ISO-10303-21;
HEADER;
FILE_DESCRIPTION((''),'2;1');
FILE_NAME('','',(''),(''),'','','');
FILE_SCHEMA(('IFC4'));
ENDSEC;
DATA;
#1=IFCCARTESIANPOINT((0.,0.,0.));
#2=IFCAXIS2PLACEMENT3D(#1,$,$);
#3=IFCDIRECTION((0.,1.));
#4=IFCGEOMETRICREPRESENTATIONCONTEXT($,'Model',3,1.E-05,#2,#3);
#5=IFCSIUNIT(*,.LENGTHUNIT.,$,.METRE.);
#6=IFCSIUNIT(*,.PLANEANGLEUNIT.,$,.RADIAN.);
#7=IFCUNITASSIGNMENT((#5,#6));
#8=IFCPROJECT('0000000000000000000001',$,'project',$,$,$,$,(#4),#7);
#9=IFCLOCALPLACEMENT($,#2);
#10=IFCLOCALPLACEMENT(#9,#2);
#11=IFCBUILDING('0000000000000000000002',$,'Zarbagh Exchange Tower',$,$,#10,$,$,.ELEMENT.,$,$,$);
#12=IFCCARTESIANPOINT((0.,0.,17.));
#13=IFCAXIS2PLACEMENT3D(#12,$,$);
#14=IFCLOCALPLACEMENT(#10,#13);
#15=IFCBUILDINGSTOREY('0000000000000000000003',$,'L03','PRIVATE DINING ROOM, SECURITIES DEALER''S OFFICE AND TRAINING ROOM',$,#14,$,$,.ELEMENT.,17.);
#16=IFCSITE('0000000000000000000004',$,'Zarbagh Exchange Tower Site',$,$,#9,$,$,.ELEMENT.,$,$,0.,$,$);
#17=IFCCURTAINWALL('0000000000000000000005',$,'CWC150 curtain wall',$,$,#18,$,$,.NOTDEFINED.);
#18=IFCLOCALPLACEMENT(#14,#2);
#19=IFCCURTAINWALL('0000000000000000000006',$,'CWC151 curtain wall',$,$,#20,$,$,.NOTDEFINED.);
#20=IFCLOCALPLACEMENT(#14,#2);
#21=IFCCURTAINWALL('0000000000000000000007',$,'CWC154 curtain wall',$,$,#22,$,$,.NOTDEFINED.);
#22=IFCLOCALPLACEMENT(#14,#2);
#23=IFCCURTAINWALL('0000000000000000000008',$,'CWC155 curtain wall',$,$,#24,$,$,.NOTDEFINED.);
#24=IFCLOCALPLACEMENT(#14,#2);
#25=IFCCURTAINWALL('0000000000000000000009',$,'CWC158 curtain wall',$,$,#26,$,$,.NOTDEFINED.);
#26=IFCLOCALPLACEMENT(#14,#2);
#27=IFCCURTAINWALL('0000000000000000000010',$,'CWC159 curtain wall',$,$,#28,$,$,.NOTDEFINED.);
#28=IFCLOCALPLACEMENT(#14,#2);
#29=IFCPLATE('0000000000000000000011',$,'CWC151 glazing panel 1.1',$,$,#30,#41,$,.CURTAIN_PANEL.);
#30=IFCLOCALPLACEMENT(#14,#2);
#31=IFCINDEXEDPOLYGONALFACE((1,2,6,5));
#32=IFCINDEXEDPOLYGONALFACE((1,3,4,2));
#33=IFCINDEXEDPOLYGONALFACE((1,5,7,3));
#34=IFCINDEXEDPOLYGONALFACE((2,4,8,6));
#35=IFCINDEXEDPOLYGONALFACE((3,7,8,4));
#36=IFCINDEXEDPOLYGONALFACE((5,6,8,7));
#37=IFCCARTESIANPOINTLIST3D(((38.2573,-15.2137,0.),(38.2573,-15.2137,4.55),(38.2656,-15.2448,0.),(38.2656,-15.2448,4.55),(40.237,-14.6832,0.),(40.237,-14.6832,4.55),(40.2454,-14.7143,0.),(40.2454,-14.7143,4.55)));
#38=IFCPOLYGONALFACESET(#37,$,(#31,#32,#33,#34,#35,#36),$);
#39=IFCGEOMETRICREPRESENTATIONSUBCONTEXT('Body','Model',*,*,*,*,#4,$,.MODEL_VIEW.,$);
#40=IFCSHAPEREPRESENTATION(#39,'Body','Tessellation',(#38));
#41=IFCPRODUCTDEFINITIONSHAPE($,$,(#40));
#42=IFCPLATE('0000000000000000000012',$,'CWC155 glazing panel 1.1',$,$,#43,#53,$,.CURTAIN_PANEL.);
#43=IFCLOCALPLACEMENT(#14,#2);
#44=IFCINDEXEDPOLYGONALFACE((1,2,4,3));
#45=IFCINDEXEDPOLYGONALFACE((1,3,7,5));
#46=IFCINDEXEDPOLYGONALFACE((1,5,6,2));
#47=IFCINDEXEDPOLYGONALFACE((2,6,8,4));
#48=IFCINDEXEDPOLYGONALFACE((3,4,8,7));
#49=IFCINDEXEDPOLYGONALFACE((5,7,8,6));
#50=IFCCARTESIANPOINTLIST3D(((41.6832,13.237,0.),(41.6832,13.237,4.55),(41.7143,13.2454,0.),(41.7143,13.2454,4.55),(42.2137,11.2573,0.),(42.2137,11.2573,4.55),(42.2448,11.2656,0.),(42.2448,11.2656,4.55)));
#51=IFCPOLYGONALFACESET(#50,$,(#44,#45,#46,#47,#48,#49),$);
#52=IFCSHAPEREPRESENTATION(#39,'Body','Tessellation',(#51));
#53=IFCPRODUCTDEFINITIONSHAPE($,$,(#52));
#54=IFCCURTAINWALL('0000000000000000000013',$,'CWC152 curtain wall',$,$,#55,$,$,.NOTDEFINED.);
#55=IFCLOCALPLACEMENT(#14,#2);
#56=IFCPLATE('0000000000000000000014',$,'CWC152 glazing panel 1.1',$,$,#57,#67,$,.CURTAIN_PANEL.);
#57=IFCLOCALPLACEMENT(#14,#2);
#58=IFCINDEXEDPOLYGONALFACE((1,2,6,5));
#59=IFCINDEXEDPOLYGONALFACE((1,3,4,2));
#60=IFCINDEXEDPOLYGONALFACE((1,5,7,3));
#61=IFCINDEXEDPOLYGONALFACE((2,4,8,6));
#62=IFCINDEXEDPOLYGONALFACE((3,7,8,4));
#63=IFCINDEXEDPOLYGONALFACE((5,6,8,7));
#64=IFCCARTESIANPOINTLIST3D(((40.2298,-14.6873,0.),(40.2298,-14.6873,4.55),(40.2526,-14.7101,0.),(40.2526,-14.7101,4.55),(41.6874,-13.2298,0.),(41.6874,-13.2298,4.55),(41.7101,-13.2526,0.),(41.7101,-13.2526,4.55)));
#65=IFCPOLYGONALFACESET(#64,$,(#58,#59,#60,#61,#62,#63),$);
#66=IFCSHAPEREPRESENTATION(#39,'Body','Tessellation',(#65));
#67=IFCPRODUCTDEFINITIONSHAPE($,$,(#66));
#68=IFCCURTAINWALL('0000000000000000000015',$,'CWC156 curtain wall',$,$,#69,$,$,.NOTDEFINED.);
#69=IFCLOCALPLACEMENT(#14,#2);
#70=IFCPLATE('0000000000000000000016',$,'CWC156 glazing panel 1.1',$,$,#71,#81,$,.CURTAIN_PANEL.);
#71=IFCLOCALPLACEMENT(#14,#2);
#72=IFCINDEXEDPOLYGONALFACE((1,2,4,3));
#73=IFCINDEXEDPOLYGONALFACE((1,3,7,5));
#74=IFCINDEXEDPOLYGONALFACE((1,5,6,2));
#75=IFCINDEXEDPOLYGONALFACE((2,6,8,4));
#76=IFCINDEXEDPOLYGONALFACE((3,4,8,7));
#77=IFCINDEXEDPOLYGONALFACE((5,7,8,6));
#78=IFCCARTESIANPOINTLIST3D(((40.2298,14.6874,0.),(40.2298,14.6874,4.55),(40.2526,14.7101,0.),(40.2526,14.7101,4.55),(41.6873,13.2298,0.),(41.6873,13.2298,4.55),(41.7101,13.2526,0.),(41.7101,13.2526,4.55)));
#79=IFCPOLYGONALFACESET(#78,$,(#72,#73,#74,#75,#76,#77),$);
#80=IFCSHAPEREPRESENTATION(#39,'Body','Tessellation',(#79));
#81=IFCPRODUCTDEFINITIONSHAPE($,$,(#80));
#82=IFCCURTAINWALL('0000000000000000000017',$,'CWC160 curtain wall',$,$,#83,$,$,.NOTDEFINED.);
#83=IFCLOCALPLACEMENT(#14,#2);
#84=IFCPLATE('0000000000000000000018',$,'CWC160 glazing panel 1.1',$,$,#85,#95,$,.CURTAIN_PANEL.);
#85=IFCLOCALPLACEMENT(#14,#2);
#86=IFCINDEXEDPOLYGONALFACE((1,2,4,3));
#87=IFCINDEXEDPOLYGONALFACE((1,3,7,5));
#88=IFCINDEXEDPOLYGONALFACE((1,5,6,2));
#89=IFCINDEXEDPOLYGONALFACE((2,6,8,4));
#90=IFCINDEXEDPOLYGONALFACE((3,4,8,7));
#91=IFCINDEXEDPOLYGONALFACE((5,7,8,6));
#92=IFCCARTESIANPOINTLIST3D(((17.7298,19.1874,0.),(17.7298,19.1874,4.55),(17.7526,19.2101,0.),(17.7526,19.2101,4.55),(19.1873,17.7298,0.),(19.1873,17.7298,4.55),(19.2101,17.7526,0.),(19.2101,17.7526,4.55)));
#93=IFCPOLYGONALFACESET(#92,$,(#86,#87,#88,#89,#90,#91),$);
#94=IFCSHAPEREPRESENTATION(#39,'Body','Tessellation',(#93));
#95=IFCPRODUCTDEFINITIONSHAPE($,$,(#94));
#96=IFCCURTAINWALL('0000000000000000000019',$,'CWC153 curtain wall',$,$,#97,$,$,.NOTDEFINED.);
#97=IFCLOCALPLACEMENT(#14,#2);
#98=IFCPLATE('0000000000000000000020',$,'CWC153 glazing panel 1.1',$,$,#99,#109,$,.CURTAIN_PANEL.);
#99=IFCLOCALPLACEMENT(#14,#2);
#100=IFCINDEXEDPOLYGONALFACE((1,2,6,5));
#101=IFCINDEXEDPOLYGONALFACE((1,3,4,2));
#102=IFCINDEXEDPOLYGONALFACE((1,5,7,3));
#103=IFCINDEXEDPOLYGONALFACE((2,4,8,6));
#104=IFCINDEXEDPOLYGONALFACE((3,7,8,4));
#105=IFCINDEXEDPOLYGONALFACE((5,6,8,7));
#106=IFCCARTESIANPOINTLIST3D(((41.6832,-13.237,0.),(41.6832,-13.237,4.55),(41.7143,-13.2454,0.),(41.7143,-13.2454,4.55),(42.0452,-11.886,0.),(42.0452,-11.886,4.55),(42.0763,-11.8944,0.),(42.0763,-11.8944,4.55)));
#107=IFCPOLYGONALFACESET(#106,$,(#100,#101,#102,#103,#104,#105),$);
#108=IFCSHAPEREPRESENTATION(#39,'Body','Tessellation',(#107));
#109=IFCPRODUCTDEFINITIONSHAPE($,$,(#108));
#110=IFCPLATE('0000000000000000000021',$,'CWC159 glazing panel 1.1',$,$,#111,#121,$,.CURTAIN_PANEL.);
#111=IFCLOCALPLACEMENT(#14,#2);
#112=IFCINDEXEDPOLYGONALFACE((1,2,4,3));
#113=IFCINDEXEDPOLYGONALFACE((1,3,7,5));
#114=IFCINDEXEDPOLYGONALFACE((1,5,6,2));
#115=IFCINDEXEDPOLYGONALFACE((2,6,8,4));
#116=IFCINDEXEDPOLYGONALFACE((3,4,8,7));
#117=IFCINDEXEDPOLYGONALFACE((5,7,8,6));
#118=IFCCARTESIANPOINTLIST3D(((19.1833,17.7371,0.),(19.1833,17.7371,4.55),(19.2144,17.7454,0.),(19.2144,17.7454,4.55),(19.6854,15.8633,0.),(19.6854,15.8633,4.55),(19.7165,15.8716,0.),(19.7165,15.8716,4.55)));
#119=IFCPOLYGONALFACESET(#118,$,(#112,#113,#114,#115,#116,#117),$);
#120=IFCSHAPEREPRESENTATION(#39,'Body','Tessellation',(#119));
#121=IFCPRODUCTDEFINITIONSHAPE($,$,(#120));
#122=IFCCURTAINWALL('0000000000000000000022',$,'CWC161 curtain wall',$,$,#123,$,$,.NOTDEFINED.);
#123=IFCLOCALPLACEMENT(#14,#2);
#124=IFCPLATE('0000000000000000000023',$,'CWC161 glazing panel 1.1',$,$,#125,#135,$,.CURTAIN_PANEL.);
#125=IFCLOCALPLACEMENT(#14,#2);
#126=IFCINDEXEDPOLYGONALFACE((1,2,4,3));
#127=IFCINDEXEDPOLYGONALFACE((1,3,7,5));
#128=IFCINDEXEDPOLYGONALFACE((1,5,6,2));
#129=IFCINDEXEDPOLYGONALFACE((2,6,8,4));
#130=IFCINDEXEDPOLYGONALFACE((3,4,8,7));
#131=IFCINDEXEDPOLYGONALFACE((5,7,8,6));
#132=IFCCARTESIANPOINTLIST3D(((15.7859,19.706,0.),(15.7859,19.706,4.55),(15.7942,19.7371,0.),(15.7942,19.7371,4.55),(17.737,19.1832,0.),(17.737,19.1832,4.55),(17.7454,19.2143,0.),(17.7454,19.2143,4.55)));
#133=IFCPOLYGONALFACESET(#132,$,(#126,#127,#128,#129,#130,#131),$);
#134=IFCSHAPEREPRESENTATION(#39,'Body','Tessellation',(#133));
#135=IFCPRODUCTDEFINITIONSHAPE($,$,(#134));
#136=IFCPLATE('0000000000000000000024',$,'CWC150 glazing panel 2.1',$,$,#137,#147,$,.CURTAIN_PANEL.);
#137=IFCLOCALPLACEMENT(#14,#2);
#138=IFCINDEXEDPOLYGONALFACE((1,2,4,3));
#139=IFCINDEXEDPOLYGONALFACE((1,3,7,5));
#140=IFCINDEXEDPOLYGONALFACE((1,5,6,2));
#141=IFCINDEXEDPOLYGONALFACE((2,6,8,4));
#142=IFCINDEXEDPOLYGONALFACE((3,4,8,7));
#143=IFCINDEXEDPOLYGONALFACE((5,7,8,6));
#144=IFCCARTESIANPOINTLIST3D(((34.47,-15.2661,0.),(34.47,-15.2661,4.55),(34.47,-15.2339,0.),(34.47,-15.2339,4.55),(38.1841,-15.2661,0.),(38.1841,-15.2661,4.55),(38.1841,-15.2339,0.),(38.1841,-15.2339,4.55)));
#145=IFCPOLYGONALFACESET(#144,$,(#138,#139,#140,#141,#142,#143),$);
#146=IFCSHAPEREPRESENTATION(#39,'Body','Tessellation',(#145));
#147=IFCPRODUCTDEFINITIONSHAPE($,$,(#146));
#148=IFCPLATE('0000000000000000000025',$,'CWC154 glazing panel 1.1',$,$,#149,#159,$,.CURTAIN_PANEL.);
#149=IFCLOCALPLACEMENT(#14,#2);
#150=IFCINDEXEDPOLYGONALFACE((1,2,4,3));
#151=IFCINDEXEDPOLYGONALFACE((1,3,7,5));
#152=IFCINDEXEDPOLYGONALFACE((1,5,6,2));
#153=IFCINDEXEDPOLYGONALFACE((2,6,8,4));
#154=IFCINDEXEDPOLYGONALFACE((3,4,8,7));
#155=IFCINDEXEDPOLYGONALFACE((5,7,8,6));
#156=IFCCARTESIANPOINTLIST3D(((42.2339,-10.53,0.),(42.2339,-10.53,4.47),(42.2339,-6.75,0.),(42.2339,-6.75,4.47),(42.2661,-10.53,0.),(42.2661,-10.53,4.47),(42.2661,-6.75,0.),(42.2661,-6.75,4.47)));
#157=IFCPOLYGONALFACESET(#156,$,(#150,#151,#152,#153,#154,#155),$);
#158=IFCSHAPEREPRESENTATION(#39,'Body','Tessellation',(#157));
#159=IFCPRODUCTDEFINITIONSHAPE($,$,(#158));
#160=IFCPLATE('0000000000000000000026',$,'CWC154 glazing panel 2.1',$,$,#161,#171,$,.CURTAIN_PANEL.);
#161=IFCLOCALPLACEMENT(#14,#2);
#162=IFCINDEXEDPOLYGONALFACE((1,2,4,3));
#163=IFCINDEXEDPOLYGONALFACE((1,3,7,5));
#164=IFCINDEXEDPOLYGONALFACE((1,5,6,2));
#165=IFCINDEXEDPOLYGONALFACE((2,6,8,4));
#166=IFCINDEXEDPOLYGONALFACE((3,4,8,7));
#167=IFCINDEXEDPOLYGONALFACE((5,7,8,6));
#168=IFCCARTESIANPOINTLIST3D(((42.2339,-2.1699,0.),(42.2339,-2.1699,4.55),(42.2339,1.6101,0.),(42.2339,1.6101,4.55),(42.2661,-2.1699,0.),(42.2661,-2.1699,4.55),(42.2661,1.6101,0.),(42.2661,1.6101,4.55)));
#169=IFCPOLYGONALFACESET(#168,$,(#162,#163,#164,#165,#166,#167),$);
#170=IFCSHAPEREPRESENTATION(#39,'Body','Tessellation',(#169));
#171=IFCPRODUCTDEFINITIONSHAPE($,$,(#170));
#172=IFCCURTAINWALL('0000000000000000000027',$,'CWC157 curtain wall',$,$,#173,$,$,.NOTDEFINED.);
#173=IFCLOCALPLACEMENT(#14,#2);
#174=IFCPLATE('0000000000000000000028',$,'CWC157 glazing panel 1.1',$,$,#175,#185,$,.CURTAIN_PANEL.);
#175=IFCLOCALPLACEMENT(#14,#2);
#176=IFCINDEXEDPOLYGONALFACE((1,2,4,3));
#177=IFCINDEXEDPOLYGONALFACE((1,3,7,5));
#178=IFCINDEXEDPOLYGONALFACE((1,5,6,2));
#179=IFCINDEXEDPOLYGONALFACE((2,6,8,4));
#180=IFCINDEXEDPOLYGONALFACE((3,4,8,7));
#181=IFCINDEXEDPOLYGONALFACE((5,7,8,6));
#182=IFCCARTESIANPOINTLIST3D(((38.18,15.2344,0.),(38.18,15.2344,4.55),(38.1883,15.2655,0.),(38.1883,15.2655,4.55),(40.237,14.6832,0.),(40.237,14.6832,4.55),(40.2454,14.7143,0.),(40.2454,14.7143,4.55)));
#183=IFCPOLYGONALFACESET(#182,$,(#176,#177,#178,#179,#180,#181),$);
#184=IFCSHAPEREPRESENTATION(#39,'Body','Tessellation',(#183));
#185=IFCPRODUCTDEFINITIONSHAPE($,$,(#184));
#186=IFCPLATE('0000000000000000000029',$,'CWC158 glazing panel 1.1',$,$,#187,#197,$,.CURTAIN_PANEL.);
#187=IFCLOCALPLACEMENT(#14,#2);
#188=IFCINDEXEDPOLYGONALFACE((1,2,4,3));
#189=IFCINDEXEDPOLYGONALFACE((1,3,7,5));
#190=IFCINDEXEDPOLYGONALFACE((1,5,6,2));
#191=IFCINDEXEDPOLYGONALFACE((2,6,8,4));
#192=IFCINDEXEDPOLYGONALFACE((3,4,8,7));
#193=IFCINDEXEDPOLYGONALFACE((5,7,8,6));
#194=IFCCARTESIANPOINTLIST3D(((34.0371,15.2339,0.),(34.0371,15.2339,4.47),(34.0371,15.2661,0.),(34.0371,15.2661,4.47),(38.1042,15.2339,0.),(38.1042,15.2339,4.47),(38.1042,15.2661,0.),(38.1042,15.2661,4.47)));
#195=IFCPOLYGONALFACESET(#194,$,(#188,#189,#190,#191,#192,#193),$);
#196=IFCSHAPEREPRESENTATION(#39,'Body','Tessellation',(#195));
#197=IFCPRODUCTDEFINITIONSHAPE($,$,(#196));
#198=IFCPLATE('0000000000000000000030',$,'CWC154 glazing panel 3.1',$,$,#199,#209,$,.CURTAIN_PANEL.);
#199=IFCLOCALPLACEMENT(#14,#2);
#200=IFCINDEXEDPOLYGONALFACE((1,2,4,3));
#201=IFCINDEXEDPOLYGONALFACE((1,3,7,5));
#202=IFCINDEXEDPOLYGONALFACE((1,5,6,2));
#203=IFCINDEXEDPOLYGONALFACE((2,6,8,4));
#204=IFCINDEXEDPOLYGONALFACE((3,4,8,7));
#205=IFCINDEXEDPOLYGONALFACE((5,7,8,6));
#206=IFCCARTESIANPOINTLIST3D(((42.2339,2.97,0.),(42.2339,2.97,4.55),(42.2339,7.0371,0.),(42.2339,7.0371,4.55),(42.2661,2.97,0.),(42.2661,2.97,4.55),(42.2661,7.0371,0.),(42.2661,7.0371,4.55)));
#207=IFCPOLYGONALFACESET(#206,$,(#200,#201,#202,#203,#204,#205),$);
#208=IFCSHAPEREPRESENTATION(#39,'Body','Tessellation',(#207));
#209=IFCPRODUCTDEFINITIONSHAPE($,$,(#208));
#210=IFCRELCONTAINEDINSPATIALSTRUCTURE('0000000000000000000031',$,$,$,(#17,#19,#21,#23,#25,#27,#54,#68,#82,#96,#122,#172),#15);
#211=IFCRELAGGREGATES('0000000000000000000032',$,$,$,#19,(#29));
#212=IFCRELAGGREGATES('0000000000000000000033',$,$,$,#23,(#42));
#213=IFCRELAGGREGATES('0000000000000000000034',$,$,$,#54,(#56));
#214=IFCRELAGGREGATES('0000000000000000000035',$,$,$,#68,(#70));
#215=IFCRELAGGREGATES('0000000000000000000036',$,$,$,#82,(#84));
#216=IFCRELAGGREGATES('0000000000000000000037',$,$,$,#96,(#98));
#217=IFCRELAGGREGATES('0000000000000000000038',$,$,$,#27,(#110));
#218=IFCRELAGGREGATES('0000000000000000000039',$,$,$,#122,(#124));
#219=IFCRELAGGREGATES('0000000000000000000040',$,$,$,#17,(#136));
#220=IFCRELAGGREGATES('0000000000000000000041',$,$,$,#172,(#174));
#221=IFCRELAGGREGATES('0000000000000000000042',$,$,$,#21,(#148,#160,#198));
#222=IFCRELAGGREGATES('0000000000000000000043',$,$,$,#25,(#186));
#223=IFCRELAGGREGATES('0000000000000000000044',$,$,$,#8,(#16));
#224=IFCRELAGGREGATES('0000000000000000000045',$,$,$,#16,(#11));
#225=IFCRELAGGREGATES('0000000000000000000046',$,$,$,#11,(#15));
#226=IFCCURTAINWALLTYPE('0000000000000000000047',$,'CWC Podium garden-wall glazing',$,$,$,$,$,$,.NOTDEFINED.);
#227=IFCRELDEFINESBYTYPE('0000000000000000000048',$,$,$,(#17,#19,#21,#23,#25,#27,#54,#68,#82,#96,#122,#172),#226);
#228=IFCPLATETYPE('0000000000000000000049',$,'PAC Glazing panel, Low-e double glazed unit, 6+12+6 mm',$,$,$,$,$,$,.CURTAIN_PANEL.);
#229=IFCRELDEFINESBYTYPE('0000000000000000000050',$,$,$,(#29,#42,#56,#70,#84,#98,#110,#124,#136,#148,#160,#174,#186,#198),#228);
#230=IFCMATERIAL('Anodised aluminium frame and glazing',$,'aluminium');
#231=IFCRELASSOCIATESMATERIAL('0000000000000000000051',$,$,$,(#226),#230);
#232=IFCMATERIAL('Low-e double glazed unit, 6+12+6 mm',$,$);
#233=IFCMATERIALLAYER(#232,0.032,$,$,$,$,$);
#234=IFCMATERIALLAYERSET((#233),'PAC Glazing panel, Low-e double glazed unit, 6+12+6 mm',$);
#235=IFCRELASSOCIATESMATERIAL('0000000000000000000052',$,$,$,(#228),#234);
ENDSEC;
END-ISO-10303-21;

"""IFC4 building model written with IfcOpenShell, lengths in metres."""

from ifc_helpers import new_model, si_unit, direction, frame, origin, place, context, subcontext, project, spatial, polyline, outline, extrude, source, transform, mapped, material, layer, layer_set, type_object, element, aggregate, save


model = new_model("IFC4")

# Units and contexts
model_context = context("Model", 3, precision=1e-05, world=origin(), true_north=direction((0.0, 1.0)))
body_context = subcontext(model_context, "Body", "Model", "MODEL_VIEW")
ifc_project = project(units=[si_unit("LENGTHUNIT", "METRE"), si_unit("PLANEANGLEUNIT", "RADIAN")], contexts=[model_context])

# Site, building, storey
site_placement = place(None, origin())
site = spatial("IfcSite", under=ifc_project, at=site_placement, Name="Zarbagh Exchange Tower Site", CompositionType="ELEMENT", RefElevation=0.0)
building_placement = place(site_placement, origin())
building = spatial("IfcBuilding", under=site, at=building_placement, Name="Zarbagh Exchange Tower", CompositionType="ELEMENT")
storey_placement = place(building_placement, frame((0.0, 0.0, 17.0)))
storey = spatial("IfcBuildingStorey", under=building, at=storey_placement, Name="L03", Description="PRIVATE DINING ROOM, SECURITIES DEALER'S OFFICE AND TRAINING ROOM", CompositionType="ELEMENT", Elevation=17.0)

# Curtain walls
ifc_material_1 = material(Name="Anodised aluminium frame and glazing", Category="aluminium")
curtain_wall_type = type_object("IfcCurtainWallType", Name="CWC Podium garden-wall glazing", PredefinedType="NOTDEFINED", material=ifc_material_1)
curtain_wall_1_placement = place(storey_placement, origin())
curtain_wall_1 = element("IfcCurtainWall", 1, at=curtain_wall_1_placement, inside=storey, type_object=curtain_wall_type, Name="CWC150 curtain wall", PredefinedType="NOTDEFINED")
placement = place(storey_placement, origin())
curtain_wall_2_placement = place(storey_placement, origin())
curtain_wall_2 = element("IfcCurtainWall", 2, at=curtain_wall_2_placement, inside=storey, type_object=curtain_wall_type, Name="CWC151 curtain wall", PredefinedType="NOTDEFINED")

# Curtain wall
curtain_wall_3_placement = place(storey_placement, origin())
curtain_wall_3 = element("IfcCurtainWall", 3, at=curtain_wall_3_placement, inside=storey, type_object=curtain_wall_type, Name="CWC154 curtain wall", PredefinedType="NOTDEFINED")

# Curtain wall
curtain_wall_4_placement = place(storey_placement, origin())
curtain_wall_4 = element("IfcCurtainWall", 4, at=curtain_wall_4_placement, inside=storey, type_object=curtain_wall_type, Name="CWC155 curtain wall", PredefinedType="NOTDEFINED")

# Curtain wall
curtain_wall_5_placement = place(storey_placement, origin())
curtain_wall_5 = element("IfcCurtainWall", 5, at=curtain_wall_5_placement, inside=storey, type_object=curtain_wall_type, Name="CWC158 curtain wall", PredefinedType="NOTDEFINED")

# Curtain wall
curtain_wall_6_placement = place(storey_placement, origin())
curtain_wall_6 = element("IfcCurtainWall", 6, at=curtain_wall_6_placement, inside=storey, type_object=curtain_wall_type, Name="CWC159 curtain wall", PredefinedType="NOTDEFINED")

# Plates
ifc_material_2 = material(Name="Low-e double glazed unit, 6+12+6 mm")
ifc_layer = layer(ifc_material_2, 0.032)
ifc_layer_set = layer_set([ifc_layer], Name="PAC Glazing panel, Low-e double glazed unit, 6+12+6 mm")
plate_type = type_object("IfcPlateType", Name="PAC Glazing panel, Low-e double glazed unit, 6+12+6 mm", PredefinedType="CURTAIN_PANEL", material=ifc_layer_set)
shared_shape_1 = source(origin(), body_context, "Body", "SweptSolid", [
    extrude(outline(polyline([(0.0, -0.0161), (2.0496, -0.0161), (2.0496, 0.0161), (0.0, 0.0161), (0.0, -0.0161)])), origin(), (0.0, 0.0, 1.0), 4.55),
])
plate_1 = element("IfcPlate", 7, at=placement, type_object=plate_type, Name="CWC151 glazing panel 1.1", PredefinedType="CURTAIN_PANEL", context=body_context, shape_type="MappedRepresentation", body=[
    mapped(shared_shape_1, transform((38.2615, -15.2292, 0.0), x_axis=(0.965924, 0.258825, 0.0), y_axis=(-0.258825, 0.965924, 0.0), z_axis=(0.0, 0.0, 1.0))),
])
aggregate(curtain_wall_2, [plate_1])
plate_2 = element("IfcPlate", 8, at=placement, type_object=plate_type, Name="CWC155 glazing panel 1.1", PredefinedType="CURTAIN_PANEL", context=body_context, shape_type="MappedRepresentation", body=[
    mapped(shared_shape_1, transform((42.2292, 11.2615, 0.0), x_axis=(-0.258825, 0.965924, 0.0), y_axis=(-0.965924, -0.258825, 0.0), z_axis=(0.0, 0.0, 1.0))),
])
aggregate(curtain_wall_4, [plate_2])

# Curtain walls, plates
curtain_wall_7_placement = place(storey_placement, origin())
curtain_wall_7 = element("IfcCurtainWall", 9, at=curtain_wall_7_placement, inside=storey, type_object=curtain_wall_type, Name="CWC152 curtain wall", PredefinedType="NOTDEFINED")
shared_shape_2 = source(origin(), body_context, "Body", "SweptSolid", [
    extrude(outline(polyline([(0.0, -0.0161), (2.0613, -0.0161), (2.0613, 0.0161), (0.0, 0.0161), (0.0, -0.0161)])), origin(), (0.0, 0.0, 1.0), 4.55),
])
plate_3 = element("IfcPlate", 10, at=placement, type_object=plate_type, Name="CWC152 glazing panel 1.1", PredefinedType="CURTAIN_PANEL", context=body_context, shape_type="MappedRepresentation", body=[
    mapped(shared_shape_2, transform((40.2412, -14.6987, 0.0), x_axis=(0.707107, 0.707107, 0.0), y_axis=(-0.707107, 0.707107, 0.0), z_axis=(0.0, 0.0, 1.0))),
])
aggregate(curtain_wall_7, [plate_3])
curtain_wall_8_placement = place(storey_placement, origin())
curtain_wall_8 = element("IfcCurtainWall", 11, at=curtain_wall_8_placement, inside=storey, type_object=curtain_wall_type, Name="CWC156 curtain wall", PredefinedType="NOTDEFINED")
plate_4 = element("IfcPlate", 12, at=placement, type_object=plate_type, Name="CWC156 glazing panel 1.1", PredefinedType="CURTAIN_PANEL", context=body_context, shape_type="MappedRepresentation", body=[
    mapped(shared_shape_2, transform((41.6987, 13.2412, 0.0), x_axis=(-0.707107, 0.707107, 0.0), y_axis=(-0.707107, -0.707107, 0.0), z_axis=(0.0, 0.0, 1.0))),
])
aggregate(curtain_wall_8, [plate_4])
curtain_wall_9_placement = place(storey_placement, origin())
curtain_wall_9 = element("IfcCurtainWall", 13, at=curtain_wall_9_placement, inside=storey, type_object=curtain_wall_type, Name="CWC160 curtain wall", PredefinedType="NOTDEFINED")
plate_5 = element("IfcPlate", 14, at=placement, type_object=plate_type, Name="CWC160 glazing panel 1.1", PredefinedType="CURTAIN_PANEL", context=body_context, shape_type="MappedRepresentation", body=[
    mapped(shared_shape_2, transform((19.1987, 17.7412, 0.0), x_axis=(-0.707107, 0.707107, 0.0), y_axis=(-0.707107, -0.707107, 0.0), z_axis=(0.0, 0.0, 1.0))),
])
aggregate(curtain_wall_9, [plate_5])
curtain_wall_10_placement = place(storey_placement, origin())
curtain_wall_10 = element("IfcCurtainWall", 15, at=curtain_wall_10_placement, inside=storey, type_object=curtain_wall_type, Name="CWC153 curtain wall", PredefinedType="NOTDEFINED")
shared_shape_3 = source(origin(), body_context, "Body", "SweptSolid", [
    extrude(outline(polyline([(0.0, -0.0161), (1.3987, -0.0161), (1.3987, 0.0161), (0.0, 0.0161), (0.0, -0.0161)])), origin(), (0.0, 0.0, 1.0), 4.55),
])
plate_6 = element("IfcPlate", 16, at=placement, type_object=plate_type, Name="CWC153 glazing panel 1.1", PredefinedType="CURTAIN_PANEL", context=body_context, shape_type="MappedRepresentation", body=[
    mapped(shared_shape_3, transform((41.6987, -13.2412, 0.0), x_axis=(0.258825, 0.965924, 0.0), y_axis=(-0.965924, 0.258825, 0.0), z_axis=(0.0, 0.0, 1.0))),
])
aggregate(curtain_wall_10, [plate_6])

# Plate
shared_shape_4 = source(origin(), body_context, "Body", "SweptSolid", [
    extrude(outline(polyline([(0.0, -0.0161), (1.9399, -0.0161), (1.9399, 0.0161), (0.0, 0.0161), (0.0, -0.0161)])), origin(), (0.0, 0.0, 1.0), 4.55),
])
plate_7 = element("IfcPlate", 17, at=placement, type_object=plate_type, Name="CWC159 glazing panel 1.1", PredefinedType="CURTAIN_PANEL", context=body_context, shape_type="MappedRepresentation", body=[
    mapped(shared_shape_4, transform((19.7009, 15.8674, 0.0), x_axis=(-0.258825, 0.965924, 0.0), y_axis=(-0.965924, -0.258825, 0.0), z_axis=(0.0, 0.0, 1.0))),
])
aggregate(curtain_wall_6, [plate_7])

# Curtain wall, plate
curtain_wall_11_placement = place(storey_placement, origin())
curtain_wall_11 = element("IfcCurtainWall", 18, at=curtain_wall_11_placement, inside=storey, type_object=curtain_wall_type, Name="CWC161 curtain wall", PredefinedType="NOTDEFINED")
shared_shape_5 = source(origin(), body_context, "Body", "SweptSolid", [
    extrude(outline(polyline([(0.0, -0.0161), (2.02, -0.0161), (2.02, 0.0161), (0.0, 0.0161), (0.0, -0.0161)])), origin(), (0.0, 0.0, 1.0), 4.55),
])
plate_8 = element("IfcPlate", 19, at=placement, type_object=plate_type, Name="CWC161 glazing panel 1.1", PredefinedType="CURTAIN_PANEL", context=body_context, shape_type="MappedRepresentation", body=[
    mapped(shared_shape_5, transform((17.7412, 19.1987, 0.0), x_axis=(-0.965924, 0.258825, 0.0), y_axis=(-0.258825, -0.965924, 0.0), z_axis=(0.0, 0.0, 1.0))),
])
aggregate(curtain_wall_11, [plate_8])

# Plates
shared_shape_6 = source(origin(), body_context, "Body", "SweptSolid", [
    extrude(outline(polyline([(0.0, -0.0161), (3.7141, -0.0161), (3.7141, 0.0161), (0.0, 0.0161), (0.0, -0.0161)])), origin(), (0.0, 0.0, 1.0), 4.55),
])
plate_9 = element("IfcPlate", 20, at=placement, type_object=plate_type, Name="CWC150 glazing panel 2.1", PredefinedType="CURTAIN_PANEL", context=body_context, shape_type="MappedRepresentation", body=[
    mapped(shared_shape_6, transform((34.47, -15.25, 0.0), x_axis=(1.0, 0.0, 0.0), y_axis=(0.0, 1.0, 0.0), z_axis=(0.0, 0.0, 1.0))),
])
aggregate(curtain_wall_1, [plate_9])
shared_shape_7 = source(origin(), body_context, "Body", "SweptSolid", [
    extrude(outline(polyline([(0.0, -0.0161), (3.78, -0.0161), (3.78, 0.0161), (0.0, 0.0161), (0.0, -0.0161)])), origin(), (0.0, 0.0, 1.0), 4.47),
])
plate_10 = element("IfcPlate", 21, at=placement, type_object=plate_type, Name="CWC154 glazing panel 1.1", PredefinedType="CURTAIN_PANEL", context=body_context, shape_type="MappedRepresentation", body=[
    mapped(shared_shape_7, transform((42.25, -10.53, 0.0), x_axis=(0.0, 1.0, 0.0), y_axis=(-1.0, 0.0, 0.0), z_axis=(0.0, 0.0, 1.0))),
])
shared_shape_8 = source(origin(), body_context, "Body", "SweptSolid", [
    extrude(outline(polyline([(0.0, -0.0161), (3.78, -0.0161), (3.78, 0.0161), (0.0, 0.0161), (0.0, -0.0161)])), origin(), (0.0, 0.0, 1.0), 4.55),
])
plate_11 = element("IfcPlate", 22, at=placement, type_object=plate_type, Name="CWC154 glazing panel 2.1", PredefinedType="CURTAIN_PANEL", context=body_context, shape_type="MappedRepresentation", body=[
    mapped(shared_shape_8, transform((42.25, -2.1699, 0.0), x_axis=(0.0, 1.0, 0.0), y_axis=(-1.0, 0.0, 0.0), z_axis=(0.0, 0.0, 1.0))),
])

# Curtain wall, plate
curtain_wall_12_placement = place(storey_placement, origin())
curtain_wall_12 = element("IfcCurtainWall", 23, at=curtain_wall_12_placement, inside=storey, type_object=curtain_wall_type, Name="CWC157 curtain wall", PredefinedType="NOTDEFINED")
shared_shape_9 = source(origin(), body_context, "Body", "SweptSolid", [
    extrude(outline(polyline([(0.0, -0.0161), (2.1296, -0.0161), (2.1296, 0.0161), (0.0, 0.0161), (0.0, -0.0161)])), origin(), (0.0, 0.0, 1.0), 4.55),
])
plate_12 = element("IfcPlate", 24, at=placement, type_object=plate_type, Name="CWC157 glazing panel 1.1", PredefinedType="CURTAIN_PANEL", context=body_context, shape_type="MappedRepresentation", body=[
    mapped(shared_shape_9, transform((40.2412, 14.6987, 0.0), x_axis=(-0.965924, 0.258825, 0.0), y_axis=(-0.258825, -0.965924, 0.0), z_axis=(0.0, 0.0, 1.0))),
])
aggregate(curtain_wall_12, [plate_12])

# Plates
shared_shape_10 = source(origin(), body_context, "Body", "SweptSolid", [
    extrude(outline(polyline([(0.0, -0.0161), (4.0671, -0.0161), (4.0671, 0.0161), (0.0, 0.0161), (0.0, -0.0161)])), origin(), (0.0, 0.0, 1.0), 4.47),
])
plate_13 = element("IfcPlate", 25, at=placement, type_object=plate_type, Name="CWC158 glazing panel 1.1", PredefinedType="CURTAIN_PANEL", context=body_context, shape_type="MappedRepresentation", body=[
    mapped(shared_shape_10, transform((38.1042, 15.25, 0.0), x_axis=(-1.0, 0.0, 0.0), y_axis=(0.0, -1.0, 0.0), z_axis=(0.0, 0.0, 1.0))),
])
shared_shape_11 = source(origin(), body_context, "Body", "SweptSolid", [
    extrude(outline(polyline([(0.0, -0.0161), (4.0671, -0.0161), (4.0671, 0.0161), (0.0, 0.0161), (0.0, -0.0161)])), origin(), (0.0, 0.0, 1.0), 4.55),
])
plate_14 = element("IfcPlate", 26, at=placement, type_object=plate_type, Name="CWC154 glazing panel 3.1", PredefinedType="CURTAIN_PANEL", context=body_context, shape_type="MappedRepresentation", body=[
    mapped(shared_shape_11, transform((42.25, 2.97, 0.0), x_axis=(0.0, 1.0, 0.0), y_axis=(-1.0, 0.0, 0.0), z_axis=(0.0, 0.0, 1.0))),
])
aggregate(curtain_wall_3, [plate_10, plate_11, plate_14])
aggregate(curtain_wall_5, [plate_13])

save(model, "model.ifc")
